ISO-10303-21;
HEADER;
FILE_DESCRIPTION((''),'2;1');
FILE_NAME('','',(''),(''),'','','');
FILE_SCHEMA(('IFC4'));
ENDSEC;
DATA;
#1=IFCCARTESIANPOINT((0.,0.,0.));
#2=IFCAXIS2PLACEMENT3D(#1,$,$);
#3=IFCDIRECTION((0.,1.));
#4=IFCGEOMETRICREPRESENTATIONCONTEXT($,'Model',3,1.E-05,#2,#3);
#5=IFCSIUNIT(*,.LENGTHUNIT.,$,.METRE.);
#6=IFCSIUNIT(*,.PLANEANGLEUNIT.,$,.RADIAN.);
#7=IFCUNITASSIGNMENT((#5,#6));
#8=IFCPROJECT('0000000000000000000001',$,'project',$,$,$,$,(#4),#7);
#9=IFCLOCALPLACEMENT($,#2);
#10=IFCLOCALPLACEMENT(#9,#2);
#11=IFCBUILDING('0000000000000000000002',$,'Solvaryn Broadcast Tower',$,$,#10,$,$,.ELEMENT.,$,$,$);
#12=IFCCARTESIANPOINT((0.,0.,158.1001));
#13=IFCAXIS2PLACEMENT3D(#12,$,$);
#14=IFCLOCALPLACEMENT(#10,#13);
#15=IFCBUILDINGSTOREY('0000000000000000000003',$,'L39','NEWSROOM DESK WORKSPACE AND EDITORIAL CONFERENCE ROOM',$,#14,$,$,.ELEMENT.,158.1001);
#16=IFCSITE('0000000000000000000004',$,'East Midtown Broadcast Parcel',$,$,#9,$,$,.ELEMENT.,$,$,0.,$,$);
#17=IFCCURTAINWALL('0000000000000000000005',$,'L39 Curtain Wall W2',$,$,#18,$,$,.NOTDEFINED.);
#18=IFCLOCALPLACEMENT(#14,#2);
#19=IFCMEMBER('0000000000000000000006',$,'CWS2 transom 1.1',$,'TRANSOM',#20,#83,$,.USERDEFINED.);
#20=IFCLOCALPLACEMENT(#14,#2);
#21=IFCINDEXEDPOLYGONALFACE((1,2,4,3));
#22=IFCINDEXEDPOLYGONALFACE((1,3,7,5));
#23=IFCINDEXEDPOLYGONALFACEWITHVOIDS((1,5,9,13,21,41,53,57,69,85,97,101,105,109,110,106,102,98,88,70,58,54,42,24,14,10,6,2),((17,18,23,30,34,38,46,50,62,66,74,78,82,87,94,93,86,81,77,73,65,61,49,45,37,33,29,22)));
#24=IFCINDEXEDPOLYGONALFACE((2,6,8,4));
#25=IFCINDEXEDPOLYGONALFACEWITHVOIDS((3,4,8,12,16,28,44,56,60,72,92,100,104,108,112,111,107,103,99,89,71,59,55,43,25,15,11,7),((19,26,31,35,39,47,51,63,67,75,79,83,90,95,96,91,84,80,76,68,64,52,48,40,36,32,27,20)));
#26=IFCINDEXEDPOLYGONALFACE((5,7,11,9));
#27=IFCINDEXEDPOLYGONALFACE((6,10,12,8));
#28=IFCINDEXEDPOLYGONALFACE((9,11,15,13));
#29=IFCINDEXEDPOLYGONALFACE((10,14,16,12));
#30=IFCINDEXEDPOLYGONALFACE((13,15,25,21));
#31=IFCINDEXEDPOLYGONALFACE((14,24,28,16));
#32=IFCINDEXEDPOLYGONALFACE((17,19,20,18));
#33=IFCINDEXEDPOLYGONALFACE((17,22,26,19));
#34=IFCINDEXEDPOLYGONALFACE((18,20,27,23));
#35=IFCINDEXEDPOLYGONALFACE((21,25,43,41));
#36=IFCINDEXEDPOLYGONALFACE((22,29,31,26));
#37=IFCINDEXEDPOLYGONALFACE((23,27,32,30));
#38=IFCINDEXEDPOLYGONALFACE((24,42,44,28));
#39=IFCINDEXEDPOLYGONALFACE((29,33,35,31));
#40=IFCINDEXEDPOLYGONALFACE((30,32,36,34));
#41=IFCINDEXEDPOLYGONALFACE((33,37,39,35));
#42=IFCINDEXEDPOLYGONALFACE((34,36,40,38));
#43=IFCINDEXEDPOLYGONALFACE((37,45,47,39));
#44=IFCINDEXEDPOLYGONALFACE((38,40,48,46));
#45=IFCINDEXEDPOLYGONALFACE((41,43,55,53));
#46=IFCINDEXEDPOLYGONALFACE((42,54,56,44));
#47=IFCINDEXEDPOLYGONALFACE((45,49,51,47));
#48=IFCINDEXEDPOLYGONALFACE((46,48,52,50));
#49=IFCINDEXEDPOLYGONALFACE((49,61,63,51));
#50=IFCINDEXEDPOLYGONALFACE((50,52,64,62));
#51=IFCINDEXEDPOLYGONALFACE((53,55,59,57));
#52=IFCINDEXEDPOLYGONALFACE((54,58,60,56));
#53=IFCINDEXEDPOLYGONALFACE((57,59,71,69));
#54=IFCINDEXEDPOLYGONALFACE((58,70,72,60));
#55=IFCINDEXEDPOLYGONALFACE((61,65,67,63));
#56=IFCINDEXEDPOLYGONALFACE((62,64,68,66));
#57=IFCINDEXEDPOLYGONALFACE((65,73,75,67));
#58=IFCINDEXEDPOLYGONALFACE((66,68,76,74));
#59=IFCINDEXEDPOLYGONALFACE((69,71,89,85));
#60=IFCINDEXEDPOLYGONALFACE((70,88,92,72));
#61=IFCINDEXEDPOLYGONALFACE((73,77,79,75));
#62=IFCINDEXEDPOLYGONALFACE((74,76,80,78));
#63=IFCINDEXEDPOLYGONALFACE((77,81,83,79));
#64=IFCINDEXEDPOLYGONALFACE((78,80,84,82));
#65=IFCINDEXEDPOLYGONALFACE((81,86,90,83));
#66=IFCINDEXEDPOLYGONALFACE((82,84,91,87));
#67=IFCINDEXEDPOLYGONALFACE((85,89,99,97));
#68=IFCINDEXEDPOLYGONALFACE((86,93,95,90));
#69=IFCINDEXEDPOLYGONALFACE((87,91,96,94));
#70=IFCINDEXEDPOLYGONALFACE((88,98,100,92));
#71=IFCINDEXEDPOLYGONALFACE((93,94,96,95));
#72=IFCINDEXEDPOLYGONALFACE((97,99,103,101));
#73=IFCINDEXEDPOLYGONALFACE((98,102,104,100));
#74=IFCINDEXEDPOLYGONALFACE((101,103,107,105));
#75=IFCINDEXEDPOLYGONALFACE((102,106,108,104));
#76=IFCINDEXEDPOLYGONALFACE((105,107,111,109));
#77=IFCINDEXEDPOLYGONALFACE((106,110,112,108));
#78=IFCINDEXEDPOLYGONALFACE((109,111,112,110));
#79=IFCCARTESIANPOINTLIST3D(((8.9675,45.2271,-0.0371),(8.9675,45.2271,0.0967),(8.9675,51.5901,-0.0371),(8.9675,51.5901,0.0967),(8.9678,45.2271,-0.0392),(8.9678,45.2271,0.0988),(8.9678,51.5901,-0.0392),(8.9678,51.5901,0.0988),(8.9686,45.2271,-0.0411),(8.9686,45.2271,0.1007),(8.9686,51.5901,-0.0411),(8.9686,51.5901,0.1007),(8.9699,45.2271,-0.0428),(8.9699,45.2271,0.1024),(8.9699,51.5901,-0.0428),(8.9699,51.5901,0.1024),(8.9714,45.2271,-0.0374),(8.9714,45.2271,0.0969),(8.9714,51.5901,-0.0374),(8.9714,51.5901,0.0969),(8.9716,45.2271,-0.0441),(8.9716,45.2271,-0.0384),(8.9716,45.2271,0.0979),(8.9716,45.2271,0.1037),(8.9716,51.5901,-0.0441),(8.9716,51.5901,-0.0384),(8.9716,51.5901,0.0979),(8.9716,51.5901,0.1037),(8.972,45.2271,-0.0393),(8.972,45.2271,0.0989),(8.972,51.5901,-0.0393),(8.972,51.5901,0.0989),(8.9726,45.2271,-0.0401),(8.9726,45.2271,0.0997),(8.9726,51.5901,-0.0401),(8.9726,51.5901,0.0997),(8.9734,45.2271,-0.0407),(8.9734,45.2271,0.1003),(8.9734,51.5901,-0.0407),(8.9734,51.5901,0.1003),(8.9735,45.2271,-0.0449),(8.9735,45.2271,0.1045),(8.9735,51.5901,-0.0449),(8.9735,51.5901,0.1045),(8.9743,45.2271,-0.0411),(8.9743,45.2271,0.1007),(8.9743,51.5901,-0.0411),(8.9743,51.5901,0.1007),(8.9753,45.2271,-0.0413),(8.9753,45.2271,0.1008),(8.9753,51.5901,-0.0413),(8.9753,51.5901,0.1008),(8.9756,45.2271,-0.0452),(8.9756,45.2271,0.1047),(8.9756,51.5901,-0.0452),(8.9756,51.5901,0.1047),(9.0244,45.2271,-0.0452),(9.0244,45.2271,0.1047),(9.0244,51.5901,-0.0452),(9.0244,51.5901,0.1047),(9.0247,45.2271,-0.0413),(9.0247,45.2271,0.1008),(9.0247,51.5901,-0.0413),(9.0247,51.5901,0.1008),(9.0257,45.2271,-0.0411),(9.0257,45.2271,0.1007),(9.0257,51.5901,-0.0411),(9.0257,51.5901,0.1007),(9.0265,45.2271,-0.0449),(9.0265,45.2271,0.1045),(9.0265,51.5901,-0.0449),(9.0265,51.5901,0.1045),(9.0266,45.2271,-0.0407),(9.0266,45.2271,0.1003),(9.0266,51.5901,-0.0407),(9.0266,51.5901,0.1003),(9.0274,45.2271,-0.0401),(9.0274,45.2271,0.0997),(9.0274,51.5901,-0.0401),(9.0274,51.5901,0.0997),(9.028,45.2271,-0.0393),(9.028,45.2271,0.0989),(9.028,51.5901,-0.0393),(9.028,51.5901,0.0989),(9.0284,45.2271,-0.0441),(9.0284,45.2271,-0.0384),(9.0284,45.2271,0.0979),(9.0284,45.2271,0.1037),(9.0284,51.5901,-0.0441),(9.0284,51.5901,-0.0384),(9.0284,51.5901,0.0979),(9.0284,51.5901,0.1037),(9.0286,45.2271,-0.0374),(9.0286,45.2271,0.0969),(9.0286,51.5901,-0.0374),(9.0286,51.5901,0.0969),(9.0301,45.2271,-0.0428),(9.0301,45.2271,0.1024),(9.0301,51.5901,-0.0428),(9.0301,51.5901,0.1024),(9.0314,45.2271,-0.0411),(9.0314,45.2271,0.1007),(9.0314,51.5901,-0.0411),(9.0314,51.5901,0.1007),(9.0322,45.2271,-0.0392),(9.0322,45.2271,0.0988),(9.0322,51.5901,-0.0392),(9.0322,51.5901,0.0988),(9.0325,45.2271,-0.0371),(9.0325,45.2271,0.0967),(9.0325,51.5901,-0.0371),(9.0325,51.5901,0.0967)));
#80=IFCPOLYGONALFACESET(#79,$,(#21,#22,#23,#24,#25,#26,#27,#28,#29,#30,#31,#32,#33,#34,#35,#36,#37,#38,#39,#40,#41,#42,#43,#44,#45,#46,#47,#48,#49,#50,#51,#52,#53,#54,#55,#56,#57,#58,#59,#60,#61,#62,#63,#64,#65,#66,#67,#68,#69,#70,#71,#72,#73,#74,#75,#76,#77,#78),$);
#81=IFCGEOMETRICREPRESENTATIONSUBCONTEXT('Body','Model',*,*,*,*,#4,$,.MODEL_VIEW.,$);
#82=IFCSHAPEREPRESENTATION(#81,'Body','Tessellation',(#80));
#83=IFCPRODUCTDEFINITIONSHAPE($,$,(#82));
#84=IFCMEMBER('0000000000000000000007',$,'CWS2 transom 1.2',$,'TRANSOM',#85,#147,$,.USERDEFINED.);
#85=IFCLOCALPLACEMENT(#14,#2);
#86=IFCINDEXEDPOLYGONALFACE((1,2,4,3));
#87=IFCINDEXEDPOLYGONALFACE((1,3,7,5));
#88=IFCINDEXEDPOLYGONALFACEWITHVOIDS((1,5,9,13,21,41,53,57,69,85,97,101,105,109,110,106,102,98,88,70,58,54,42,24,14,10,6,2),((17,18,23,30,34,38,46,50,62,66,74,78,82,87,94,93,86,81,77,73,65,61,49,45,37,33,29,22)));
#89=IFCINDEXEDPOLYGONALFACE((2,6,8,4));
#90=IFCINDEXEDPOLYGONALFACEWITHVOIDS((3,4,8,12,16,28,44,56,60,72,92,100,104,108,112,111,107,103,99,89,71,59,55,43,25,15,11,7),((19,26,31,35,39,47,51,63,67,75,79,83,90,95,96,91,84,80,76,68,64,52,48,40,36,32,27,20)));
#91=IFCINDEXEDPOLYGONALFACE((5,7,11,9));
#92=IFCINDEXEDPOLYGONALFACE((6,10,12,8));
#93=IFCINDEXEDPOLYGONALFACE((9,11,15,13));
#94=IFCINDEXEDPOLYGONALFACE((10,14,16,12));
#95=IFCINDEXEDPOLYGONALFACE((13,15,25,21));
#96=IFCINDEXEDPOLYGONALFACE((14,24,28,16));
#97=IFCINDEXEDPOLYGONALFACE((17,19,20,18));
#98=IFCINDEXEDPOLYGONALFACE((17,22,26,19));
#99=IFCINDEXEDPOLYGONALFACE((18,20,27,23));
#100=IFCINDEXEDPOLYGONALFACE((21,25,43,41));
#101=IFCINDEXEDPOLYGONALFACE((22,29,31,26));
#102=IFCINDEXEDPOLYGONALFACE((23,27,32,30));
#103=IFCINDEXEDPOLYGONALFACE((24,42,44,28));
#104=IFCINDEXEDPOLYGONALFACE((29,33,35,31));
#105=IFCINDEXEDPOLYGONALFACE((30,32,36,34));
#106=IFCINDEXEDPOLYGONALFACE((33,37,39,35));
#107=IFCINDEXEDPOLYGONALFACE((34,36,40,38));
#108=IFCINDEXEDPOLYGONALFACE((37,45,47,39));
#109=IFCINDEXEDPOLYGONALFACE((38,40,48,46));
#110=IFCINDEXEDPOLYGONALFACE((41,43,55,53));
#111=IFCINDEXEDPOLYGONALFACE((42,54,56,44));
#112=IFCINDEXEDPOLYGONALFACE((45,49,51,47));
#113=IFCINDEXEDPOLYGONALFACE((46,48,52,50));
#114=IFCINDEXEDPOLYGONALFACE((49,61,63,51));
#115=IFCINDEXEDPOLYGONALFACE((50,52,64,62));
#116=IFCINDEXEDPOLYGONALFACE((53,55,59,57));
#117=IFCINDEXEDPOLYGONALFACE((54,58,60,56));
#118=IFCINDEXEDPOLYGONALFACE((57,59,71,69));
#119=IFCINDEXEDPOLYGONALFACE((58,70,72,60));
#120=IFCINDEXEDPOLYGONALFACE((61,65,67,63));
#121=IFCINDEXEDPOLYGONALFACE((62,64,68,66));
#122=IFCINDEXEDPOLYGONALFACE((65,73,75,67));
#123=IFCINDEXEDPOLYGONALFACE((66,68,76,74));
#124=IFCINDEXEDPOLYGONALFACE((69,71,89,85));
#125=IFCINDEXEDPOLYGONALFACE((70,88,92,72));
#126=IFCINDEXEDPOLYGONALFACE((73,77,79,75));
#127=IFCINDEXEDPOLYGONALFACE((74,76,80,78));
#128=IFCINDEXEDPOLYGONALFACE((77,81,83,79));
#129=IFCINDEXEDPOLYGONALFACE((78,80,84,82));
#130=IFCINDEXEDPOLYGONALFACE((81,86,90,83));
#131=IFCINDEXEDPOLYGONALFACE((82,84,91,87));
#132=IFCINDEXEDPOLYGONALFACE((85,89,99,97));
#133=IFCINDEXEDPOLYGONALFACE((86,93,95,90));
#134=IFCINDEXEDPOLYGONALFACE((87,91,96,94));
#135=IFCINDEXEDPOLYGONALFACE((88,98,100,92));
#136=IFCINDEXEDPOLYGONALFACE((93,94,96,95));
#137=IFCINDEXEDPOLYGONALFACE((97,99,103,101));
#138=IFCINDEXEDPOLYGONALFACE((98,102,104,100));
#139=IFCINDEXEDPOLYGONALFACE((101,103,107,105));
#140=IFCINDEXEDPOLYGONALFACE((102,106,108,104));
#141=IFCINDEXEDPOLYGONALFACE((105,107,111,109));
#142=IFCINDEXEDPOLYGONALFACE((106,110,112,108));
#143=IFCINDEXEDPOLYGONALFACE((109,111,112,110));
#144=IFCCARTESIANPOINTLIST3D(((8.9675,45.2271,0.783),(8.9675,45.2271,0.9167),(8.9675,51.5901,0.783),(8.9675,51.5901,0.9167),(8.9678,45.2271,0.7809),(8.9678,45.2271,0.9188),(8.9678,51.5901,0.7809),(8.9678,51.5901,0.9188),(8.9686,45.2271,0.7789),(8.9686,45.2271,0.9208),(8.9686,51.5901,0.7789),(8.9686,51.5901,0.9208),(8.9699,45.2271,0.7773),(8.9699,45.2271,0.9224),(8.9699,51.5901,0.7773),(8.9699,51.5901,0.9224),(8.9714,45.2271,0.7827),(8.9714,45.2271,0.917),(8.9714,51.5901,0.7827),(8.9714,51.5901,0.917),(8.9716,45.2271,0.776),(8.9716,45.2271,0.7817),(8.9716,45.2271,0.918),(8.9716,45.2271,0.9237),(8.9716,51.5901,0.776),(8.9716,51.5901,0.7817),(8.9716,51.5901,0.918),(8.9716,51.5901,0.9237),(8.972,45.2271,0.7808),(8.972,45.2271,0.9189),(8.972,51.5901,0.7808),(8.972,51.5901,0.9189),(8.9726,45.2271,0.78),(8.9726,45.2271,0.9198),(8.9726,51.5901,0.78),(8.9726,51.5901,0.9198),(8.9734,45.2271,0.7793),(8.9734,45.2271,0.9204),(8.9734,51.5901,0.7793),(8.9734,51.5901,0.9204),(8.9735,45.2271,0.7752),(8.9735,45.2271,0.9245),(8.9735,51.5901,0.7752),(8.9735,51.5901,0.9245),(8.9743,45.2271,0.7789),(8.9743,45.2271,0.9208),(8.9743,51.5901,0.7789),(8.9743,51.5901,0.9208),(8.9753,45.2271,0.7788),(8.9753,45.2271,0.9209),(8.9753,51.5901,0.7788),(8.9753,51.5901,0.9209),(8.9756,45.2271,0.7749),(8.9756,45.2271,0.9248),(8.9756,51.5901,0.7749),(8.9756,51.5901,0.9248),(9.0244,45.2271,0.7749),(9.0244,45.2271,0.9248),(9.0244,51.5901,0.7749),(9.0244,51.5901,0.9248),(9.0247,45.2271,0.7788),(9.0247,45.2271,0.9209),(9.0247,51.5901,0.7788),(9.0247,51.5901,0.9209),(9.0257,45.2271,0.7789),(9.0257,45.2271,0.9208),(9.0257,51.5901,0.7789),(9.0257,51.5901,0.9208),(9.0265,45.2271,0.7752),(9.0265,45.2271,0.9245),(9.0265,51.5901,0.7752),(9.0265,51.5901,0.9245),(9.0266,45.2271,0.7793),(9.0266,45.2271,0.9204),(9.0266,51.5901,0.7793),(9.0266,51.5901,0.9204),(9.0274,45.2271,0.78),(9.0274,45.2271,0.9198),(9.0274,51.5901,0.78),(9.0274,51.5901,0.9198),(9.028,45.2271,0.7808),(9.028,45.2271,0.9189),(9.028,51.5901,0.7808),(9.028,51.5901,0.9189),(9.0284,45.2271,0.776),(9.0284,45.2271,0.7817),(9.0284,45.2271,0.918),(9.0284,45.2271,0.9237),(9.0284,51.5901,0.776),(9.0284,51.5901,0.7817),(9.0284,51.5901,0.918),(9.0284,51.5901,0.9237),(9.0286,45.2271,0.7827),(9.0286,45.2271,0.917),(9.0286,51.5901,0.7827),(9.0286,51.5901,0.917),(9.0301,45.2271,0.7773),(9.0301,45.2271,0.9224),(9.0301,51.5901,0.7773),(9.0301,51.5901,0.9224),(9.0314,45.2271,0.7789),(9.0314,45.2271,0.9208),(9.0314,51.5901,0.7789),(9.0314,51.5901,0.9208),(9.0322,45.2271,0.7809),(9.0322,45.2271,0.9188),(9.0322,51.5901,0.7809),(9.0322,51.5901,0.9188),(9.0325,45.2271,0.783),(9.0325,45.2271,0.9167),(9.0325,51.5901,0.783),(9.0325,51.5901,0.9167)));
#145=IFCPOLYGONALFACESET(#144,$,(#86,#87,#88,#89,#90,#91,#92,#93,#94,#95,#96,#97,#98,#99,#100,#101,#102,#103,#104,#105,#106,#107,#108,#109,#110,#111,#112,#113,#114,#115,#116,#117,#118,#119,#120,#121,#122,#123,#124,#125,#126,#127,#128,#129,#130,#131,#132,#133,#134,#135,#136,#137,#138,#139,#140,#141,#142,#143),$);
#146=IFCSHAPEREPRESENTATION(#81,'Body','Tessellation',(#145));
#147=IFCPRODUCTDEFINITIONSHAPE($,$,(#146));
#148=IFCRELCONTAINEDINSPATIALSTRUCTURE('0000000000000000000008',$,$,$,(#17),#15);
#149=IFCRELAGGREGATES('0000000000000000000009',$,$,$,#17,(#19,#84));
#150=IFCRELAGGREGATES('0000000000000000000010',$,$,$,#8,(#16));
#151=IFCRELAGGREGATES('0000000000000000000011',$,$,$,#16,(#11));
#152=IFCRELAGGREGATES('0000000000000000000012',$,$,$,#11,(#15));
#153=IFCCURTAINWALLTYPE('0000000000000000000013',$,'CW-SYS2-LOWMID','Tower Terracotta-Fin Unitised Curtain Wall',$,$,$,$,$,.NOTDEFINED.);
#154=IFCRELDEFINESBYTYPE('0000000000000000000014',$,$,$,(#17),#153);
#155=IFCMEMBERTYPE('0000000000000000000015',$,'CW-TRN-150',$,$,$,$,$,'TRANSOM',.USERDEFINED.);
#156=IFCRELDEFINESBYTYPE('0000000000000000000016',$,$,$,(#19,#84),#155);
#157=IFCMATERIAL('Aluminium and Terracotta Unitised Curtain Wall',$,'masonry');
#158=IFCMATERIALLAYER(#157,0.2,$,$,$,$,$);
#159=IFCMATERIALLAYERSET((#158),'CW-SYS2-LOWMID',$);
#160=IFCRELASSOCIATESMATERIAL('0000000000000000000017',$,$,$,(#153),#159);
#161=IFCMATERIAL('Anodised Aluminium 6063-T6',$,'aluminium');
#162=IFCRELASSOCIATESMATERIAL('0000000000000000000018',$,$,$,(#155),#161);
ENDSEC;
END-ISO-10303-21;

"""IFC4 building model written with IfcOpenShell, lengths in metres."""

from ifc_helpers import new_model, si_unit, direction, frame, origin, origin_2d, place, context, subcontext, project, spatial, hollow_rectangle, extrude, material, layer, layer_set, material_profile, profile_set, type_object, element, aggregate, save


model = new_model("IFC4")

# Units and contexts
model_context = context("Model", 3, precision=1e-05, world=origin(), true_north=direction((0.0, 1.0)))
body_context = subcontext(model_context, "Body", "Model", "MODEL_VIEW")
ifc_project = project(units=[si_unit("LENGTHUNIT", "METRE"), si_unit("PLANEANGLEUNIT", "RADIAN")], contexts=[model_context])

# Site, building, storey
site_placement = place(None, origin())
site = spatial("IfcSite", under=ifc_project, at=site_placement, Name="East Midtown Broadcast Parcel", CompositionType="ELEMENT", RefElevation=0.0)
building_placement = place(site_placement, origin())
building = spatial("IfcBuilding", under=site, at=building_placement, Name="Solvaryn Broadcast Tower", CompositionType="ELEMENT")
storey_placement = place(building_placement, frame((0.0, 0.0, 158.1001)))
storey = spatial("IfcBuildingStorey", under=building, at=storey_placement, Name="L39", Description="NEWSROOM DESK WORKSPACE AND EDITORIAL CONFERENCE ROOM", CompositionType="ELEMENT", Elevation=158.1001)

# Shared definitions
ifc_material_1 = material(Name="Aluminium and Terracotta Unitised Curtain Wall", Category="masonry")
ifc_layer_1 = layer(ifc_material_1, 0.2)
ifc_layer_set_1 = layer_set([ifc_layer_1], Name="CW-SYS2-LOWMID")
curtain_wall_type = type_object("IfcCurtainWallType", Name="CW-SYS2-LOWMID", Description="Tower Terracotta-Fin Unitised Curtain Wall", PredefinedType="NOTDEFINED", material=ifc_layer_set_1)

# Curtain wall
curtain_wall_1_placement = place(storey_placement, origin())
curtain_wall_1 = element("IfcCurtainWall", 1, at=curtain_wall_1_placement, inside=storey, type_object=curtain_wall_type, Name="L39 Curtain Wall W2", PredefinedType="NOTDEFINED")

# Members
ifc_material_2 = material(Name="Anodised Aluminium 6063-T6", Category="aluminium")
ifc_material_profile_1 = material_profile(ifc_material_2, hollow_rectangle(XDim=0.0649, YDim=0.1499, WallThickness=0.0039, InnerFilletRadius=0.0039, OuterFilletRadius=0.0081, at=origin_2d()))
ifc_profile_set_1 = profile_set([ifc_material_profile_1], Name="Anodised Aluminium 6063-T6")
member_type_1 = type_object("IfcMemberType", Name="CW-TRN-150", ElementType="TRANSOM", PredefinedType="USERDEFINED", material=ifc_profile_set_1)
member_1_placement = place(storey_placement, frame((9.0, 45.2271, 0.0298), z_axis=(0.0, 1.0, 0.0), x_axis=(-1.0, 0.0, 0.0)))
member_1 = element("IfcMember", 2, at=member_1_placement, type_object=member_type_1, Name="CWS2 transom 1.1", ObjectType="TRANSOM", PredefinedType="USERDEFINED", context=body_context, shape_type="SweptSolid", body=[
    extrude(hollow_rectangle(XDim=0.0649, YDim=0.1499, WallThickness=0.0039, InnerFilletRadius=0.0039, OuterFilletRadius=0.0081, at=origin_2d()), origin(), (0.0, 0.0, 1.0), 6.363),
])
member_2_placement = place(storey_placement, frame((9.0, 45.2271, 0.8499), z_axis=(0.0, 1.0, 0.0), x_axis=(-1.0, 0.0, 0.0)))
member_2 = element("IfcMember", 3, at=member_2_placement, type_object=member_type_1, Name="CWS2 transom 1.2", ObjectType="TRANSOM", PredefinedType="USERDEFINED", context=body_context, shape_type="SweptSolid", body=[
    extrude(hollow_rectangle(XDim=0.0649, YDim=0.1499, WallThickness=0.0039, InnerFilletRadius=0.0039, OuterFilletRadius=0.0081, at=origin_2d()), origin(), (0.0, 0.0, 1.0), 6.363),
])

aggregate(curtain_wall_1, [member_1, member_2])

save(model, "model.ifc")
